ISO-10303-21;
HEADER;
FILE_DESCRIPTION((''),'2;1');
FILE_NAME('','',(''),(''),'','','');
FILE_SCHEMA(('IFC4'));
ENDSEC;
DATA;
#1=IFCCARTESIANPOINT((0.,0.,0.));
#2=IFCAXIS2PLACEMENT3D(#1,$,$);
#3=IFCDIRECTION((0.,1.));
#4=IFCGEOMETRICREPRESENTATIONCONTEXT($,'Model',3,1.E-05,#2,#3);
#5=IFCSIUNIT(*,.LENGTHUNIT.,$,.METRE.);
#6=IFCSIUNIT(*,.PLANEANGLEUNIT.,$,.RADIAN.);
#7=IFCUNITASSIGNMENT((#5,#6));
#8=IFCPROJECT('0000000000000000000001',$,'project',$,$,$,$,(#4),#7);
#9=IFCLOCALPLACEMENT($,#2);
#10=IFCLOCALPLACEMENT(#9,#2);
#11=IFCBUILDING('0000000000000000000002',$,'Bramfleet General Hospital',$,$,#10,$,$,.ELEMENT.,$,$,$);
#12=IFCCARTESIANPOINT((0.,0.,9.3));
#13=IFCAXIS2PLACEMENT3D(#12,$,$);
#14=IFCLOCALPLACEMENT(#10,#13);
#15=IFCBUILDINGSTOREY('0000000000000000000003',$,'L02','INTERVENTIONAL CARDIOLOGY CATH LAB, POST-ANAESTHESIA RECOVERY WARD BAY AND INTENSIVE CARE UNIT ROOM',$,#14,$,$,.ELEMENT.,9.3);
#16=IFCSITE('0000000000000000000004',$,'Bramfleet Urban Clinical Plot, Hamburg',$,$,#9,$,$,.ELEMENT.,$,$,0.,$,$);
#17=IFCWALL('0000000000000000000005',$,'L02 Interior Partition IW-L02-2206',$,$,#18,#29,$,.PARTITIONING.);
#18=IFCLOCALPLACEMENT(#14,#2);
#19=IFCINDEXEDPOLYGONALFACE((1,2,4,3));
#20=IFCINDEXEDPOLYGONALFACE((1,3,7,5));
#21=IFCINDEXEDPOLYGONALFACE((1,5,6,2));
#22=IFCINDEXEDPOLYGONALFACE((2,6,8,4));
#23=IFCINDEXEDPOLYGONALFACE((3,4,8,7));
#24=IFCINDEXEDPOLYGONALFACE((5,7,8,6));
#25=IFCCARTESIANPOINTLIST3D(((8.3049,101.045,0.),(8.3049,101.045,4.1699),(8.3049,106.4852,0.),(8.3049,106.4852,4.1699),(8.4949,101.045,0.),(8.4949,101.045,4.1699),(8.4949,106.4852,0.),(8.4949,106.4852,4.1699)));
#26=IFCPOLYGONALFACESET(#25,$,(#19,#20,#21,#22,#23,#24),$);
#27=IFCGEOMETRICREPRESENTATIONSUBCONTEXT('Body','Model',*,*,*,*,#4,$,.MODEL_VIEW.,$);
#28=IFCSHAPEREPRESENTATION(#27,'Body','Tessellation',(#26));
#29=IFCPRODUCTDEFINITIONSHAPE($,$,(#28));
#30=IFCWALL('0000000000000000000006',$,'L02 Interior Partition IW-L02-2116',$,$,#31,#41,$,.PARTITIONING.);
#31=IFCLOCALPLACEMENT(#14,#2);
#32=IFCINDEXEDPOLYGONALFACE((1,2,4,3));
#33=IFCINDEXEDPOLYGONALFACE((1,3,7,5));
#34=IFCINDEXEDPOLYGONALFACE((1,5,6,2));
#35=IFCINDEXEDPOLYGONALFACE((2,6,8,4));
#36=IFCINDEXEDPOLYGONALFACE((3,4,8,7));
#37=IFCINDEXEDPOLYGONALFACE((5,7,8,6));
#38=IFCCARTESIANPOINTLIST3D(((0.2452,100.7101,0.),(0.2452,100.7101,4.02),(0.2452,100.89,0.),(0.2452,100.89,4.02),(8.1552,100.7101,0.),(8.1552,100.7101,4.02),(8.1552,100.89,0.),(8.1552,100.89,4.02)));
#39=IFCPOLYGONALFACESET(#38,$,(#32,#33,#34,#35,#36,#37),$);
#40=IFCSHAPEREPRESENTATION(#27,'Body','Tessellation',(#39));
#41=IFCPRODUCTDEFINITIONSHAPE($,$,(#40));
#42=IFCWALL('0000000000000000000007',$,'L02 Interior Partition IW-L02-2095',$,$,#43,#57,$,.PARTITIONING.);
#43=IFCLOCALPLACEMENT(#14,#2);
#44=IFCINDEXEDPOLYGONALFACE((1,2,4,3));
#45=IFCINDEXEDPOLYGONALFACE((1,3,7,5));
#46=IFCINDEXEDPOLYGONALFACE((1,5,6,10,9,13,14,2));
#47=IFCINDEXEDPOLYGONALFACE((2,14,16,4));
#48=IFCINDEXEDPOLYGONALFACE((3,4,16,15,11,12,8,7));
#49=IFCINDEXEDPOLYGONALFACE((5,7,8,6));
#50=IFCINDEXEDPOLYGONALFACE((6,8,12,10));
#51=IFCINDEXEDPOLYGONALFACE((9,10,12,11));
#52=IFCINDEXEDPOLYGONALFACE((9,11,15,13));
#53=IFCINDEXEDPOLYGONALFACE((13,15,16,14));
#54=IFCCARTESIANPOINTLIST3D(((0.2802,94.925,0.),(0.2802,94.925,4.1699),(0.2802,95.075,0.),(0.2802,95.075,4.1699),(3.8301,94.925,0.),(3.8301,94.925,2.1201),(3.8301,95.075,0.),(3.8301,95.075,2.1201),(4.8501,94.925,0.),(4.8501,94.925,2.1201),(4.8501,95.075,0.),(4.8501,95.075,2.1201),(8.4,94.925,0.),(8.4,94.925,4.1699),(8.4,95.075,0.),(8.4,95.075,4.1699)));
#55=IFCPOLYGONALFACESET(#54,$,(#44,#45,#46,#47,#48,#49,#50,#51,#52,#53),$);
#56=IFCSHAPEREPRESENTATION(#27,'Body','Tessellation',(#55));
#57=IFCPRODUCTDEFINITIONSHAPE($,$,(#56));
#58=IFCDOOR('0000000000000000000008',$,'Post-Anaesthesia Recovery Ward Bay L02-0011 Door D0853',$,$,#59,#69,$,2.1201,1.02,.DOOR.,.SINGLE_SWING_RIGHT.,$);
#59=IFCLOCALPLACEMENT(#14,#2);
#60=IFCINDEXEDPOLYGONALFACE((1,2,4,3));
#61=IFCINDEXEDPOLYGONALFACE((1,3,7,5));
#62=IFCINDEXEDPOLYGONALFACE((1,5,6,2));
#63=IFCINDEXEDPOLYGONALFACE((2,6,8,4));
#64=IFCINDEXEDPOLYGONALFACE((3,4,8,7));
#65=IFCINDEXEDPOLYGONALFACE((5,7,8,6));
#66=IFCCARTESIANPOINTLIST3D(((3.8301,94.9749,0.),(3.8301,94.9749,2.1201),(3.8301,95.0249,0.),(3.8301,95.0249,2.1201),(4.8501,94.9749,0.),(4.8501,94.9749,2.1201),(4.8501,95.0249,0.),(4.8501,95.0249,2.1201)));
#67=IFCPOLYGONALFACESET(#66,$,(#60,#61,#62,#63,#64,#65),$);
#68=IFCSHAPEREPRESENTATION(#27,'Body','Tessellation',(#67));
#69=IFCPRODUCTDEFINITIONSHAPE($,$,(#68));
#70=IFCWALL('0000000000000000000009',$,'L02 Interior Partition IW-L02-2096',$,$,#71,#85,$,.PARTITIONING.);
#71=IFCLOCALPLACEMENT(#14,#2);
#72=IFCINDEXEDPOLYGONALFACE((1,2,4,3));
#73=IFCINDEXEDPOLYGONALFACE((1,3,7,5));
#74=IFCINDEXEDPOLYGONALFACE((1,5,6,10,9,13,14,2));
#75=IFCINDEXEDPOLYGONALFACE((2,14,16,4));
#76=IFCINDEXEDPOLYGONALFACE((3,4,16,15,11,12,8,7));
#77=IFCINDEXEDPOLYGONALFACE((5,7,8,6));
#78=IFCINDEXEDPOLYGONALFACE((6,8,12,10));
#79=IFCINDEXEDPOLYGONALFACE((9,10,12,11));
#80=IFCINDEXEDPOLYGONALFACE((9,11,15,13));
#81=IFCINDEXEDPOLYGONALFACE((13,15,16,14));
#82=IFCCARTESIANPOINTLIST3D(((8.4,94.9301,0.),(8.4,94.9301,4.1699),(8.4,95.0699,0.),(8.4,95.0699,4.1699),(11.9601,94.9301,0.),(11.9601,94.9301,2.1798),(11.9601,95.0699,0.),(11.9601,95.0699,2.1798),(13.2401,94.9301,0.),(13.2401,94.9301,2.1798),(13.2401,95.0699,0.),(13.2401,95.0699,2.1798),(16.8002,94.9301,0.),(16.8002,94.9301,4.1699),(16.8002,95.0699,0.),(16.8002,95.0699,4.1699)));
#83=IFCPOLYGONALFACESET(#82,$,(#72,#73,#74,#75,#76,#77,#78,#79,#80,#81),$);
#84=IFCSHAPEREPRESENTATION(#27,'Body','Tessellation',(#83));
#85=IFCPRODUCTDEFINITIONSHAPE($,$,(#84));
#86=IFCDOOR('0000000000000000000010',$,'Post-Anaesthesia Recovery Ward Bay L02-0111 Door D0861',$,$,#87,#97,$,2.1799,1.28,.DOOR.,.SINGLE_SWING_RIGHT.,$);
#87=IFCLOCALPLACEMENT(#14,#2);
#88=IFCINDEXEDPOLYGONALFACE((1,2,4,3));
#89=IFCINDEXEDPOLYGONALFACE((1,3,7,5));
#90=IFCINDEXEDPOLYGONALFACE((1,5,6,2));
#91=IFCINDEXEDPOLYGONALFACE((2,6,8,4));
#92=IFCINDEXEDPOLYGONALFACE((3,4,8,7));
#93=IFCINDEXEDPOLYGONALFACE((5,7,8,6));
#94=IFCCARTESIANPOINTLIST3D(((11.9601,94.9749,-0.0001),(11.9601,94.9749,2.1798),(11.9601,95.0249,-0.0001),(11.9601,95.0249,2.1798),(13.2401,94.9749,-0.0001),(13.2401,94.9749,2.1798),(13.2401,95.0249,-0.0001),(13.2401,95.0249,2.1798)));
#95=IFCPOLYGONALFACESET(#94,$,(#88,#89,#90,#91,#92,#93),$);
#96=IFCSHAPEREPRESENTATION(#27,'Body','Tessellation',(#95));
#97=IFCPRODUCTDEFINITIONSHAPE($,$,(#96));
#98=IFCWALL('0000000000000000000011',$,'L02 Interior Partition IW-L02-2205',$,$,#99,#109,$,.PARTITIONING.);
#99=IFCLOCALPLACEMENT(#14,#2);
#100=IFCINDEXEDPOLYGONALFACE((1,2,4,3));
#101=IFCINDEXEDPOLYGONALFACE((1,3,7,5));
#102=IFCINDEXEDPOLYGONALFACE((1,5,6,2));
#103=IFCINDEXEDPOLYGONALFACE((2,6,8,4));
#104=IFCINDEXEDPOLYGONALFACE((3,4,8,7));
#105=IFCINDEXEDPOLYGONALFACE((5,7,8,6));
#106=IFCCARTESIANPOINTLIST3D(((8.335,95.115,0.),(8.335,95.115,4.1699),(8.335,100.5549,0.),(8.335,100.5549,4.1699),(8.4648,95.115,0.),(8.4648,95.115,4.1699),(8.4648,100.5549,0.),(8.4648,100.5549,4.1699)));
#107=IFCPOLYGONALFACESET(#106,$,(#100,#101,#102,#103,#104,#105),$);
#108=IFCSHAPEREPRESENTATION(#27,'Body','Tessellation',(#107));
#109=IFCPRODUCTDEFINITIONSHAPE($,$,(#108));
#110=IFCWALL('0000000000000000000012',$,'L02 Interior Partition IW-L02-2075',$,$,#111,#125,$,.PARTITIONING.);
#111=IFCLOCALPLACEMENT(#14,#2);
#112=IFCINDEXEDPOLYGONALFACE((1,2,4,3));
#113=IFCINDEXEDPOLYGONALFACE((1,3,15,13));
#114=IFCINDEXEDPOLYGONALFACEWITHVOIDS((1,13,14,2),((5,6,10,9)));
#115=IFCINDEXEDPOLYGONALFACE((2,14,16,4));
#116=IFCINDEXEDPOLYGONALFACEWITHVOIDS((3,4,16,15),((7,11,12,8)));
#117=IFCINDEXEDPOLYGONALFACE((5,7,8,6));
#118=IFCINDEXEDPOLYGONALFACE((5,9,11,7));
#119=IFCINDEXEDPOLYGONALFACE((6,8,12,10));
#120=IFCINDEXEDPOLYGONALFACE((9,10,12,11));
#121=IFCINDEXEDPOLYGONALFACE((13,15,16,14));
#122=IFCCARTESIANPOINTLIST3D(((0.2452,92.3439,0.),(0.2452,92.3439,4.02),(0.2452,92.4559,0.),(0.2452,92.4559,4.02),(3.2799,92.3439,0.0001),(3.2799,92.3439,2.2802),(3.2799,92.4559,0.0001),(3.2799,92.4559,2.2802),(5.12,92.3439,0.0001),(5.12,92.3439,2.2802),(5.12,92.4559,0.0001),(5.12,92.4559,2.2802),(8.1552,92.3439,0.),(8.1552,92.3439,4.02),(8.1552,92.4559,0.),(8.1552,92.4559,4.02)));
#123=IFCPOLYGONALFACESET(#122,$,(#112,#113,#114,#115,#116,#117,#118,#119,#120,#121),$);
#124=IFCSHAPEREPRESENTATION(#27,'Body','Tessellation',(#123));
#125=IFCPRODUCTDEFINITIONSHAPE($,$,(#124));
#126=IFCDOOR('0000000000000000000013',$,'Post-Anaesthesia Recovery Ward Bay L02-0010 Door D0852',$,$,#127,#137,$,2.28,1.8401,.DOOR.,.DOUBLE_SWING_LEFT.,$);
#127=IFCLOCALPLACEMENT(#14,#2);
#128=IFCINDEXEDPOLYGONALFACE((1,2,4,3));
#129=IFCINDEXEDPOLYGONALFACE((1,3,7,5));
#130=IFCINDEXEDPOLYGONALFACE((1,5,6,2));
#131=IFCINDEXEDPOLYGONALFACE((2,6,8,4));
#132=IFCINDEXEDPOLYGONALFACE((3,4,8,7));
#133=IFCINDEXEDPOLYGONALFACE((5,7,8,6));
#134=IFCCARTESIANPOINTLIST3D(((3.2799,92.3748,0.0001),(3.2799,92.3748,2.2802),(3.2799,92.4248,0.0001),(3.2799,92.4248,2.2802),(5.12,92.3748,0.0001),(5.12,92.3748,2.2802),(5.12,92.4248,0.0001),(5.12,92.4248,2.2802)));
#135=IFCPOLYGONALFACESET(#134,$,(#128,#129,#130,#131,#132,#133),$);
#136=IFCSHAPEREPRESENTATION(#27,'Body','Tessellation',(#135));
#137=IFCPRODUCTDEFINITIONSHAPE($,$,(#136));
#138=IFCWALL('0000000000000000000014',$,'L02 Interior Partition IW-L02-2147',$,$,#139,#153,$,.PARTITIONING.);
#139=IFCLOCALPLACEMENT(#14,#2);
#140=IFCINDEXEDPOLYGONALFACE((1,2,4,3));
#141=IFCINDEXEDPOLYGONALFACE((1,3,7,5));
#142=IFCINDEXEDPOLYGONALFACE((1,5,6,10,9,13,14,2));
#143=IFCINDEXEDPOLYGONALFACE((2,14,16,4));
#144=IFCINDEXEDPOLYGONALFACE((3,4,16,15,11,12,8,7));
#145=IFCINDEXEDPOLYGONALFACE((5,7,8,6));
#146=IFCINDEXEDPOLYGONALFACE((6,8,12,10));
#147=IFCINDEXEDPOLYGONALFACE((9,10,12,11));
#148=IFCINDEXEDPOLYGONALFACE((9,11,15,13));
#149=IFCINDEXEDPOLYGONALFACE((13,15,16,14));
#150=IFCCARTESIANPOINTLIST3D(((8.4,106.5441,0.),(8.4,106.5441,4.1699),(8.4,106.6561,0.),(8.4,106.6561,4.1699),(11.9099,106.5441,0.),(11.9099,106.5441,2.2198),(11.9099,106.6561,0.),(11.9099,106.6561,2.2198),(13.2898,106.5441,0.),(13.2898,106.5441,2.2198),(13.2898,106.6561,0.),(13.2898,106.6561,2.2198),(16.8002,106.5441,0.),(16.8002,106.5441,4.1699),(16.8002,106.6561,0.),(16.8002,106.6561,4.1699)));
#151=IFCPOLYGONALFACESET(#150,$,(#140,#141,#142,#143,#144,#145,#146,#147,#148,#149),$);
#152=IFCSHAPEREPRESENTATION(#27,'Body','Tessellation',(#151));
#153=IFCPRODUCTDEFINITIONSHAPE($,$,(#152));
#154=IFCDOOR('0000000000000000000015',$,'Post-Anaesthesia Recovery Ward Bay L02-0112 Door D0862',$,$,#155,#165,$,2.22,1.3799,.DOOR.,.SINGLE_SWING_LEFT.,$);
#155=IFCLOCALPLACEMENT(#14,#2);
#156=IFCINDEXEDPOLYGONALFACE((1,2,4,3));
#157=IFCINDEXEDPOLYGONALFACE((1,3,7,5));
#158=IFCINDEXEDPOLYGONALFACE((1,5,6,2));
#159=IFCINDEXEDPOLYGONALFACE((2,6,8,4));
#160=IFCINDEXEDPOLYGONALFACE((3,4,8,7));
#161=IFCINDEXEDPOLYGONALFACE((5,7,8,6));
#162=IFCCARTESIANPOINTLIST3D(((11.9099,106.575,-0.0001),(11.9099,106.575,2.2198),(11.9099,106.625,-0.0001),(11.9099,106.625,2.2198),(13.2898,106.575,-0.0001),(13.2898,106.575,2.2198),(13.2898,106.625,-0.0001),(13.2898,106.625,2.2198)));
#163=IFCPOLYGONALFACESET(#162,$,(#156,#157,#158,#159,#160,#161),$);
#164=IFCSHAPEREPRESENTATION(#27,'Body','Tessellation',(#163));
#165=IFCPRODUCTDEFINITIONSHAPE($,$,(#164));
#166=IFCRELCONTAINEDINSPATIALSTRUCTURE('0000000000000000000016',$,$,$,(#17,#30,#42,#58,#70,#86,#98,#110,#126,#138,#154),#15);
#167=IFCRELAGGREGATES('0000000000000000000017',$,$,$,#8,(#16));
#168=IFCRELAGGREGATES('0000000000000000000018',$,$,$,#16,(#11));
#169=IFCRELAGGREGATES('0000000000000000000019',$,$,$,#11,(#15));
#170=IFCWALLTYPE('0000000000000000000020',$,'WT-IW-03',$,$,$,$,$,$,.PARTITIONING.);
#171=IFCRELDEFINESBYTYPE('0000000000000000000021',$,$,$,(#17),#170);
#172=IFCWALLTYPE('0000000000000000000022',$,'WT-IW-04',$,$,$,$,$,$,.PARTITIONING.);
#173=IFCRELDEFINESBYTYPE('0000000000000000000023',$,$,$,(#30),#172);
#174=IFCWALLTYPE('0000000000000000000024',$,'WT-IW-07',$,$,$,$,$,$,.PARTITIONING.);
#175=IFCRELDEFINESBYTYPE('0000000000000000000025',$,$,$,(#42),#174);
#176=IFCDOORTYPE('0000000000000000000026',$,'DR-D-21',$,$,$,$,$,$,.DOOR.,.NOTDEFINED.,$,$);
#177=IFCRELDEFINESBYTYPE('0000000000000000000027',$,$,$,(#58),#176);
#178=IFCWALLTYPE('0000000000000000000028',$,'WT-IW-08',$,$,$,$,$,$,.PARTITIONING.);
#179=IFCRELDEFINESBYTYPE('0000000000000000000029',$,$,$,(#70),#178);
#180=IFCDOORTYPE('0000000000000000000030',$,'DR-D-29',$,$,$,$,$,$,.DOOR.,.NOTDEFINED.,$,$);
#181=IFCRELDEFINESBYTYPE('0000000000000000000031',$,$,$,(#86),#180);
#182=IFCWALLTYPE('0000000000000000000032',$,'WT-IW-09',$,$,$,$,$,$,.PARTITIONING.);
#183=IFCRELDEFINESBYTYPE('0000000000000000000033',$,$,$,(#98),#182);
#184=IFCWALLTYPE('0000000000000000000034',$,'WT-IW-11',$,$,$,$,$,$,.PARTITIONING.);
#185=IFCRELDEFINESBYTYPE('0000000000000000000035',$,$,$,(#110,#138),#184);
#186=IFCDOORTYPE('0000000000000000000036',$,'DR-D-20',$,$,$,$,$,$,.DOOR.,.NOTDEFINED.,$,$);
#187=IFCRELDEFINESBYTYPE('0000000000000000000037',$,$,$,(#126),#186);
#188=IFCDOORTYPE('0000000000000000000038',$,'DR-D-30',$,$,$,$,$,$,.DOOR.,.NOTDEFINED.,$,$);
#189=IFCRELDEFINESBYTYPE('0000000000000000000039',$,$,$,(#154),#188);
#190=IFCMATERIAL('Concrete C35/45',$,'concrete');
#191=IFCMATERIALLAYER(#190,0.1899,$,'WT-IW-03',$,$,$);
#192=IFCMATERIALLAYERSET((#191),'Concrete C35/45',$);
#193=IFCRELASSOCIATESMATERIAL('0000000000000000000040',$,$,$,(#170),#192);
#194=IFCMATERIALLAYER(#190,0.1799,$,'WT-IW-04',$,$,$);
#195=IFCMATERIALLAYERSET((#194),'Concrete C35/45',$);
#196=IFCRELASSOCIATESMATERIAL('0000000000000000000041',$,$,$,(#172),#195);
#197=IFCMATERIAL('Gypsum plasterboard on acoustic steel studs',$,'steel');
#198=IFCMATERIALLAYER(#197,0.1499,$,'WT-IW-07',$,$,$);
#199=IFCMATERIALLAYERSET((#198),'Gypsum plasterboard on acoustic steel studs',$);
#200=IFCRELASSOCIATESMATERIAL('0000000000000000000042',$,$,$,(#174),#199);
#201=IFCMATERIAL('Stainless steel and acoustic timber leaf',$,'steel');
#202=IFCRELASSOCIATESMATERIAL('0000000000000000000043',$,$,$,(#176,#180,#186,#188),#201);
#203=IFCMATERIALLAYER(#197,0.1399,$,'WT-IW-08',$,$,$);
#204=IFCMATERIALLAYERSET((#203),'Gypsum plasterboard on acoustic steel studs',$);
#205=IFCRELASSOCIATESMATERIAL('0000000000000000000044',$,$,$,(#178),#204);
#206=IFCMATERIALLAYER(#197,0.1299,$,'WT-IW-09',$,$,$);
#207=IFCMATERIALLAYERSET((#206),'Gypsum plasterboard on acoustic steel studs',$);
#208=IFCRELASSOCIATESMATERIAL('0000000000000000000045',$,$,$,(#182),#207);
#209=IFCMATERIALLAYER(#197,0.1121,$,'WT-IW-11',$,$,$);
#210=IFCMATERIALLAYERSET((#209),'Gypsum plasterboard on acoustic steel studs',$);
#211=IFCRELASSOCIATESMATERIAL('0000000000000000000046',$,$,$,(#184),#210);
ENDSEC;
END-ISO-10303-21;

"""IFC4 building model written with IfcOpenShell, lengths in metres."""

from ifc_helpers import new_model, si_unit, direction, frame, frame_2d, origin, place, context, subcontext, project, spatial, rectangle, extrude, material, layer, layer_set, type_object, element, fill, save


model = new_model("IFC4")

# Units and contexts
model_context = context("Model", 3, precision=1e-05, world=origin(), true_north=direction((0.0, 1.0)))
body_context = subcontext(model_context, "Body", "Model", "MODEL_VIEW")
ifc_project = project(units=[si_unit("LENGTHUNIT", "METRE"), si_unit("PLANEANGLEUNIT", "RADIAN")], contexts=[model_context])

# Site, building, storey
site_placement = place(None, origin())
site = spatial("IfcSite", under=ifc_project, at=site_placement, Name="Bramfleet Urban Clinical Plot, Hamburg", CompositionType="ELEMENT", RefElevation=0.0)
building_placement = place(site_placement, origin())
building = spatial("IfcBuilding", under=site, at=building_placement, Name="Bramfleet General Hospital", CompositionType="ELEMENT")
storey_placement = place(building_placement, frame((0.0, 0.0, 9.3)))
storey = spatial("IfcBuildingStorey", under=building, at=storey_placement, Name="L02", Description="INTERVENTIONAL CARDIOLOGY CATH LAB, POST-ANAESTHESIA RECOVERY WARD BAY AND INTENSIVE CARE UNIT ROOM", CompositionType="ELEMENT", Elevation=9.3)

# Shared definitions
ifc_material_1 = material(Name="Concrete C35/45", Category="concrete")

# Shared definitions
ifc_layer_1 = layer(ifc_material_1, 0.1899, Name="WT-IW-03")
ifc_layer_set_1 = layer_set([ifc_layer_1], Name="Concrete C35/45")
wall_type_1 = type_object("IfcWallType", Name="WT-IW-03", PredefinedType="PARTITIONING", material=ifc_layer_set_1)
ifc_material_2 = material(Name="Stainless steel and acoustic timber leaf", Category="steel")

# Walls
wall_1_placement = place(storey_placement, frame((8.3999, 101.0449, 0.0), z_axis=(0.0, 0.0, 1.0), x_axis=(0.0, 1.0, 0.0)))
element("IfcWall", 1, at=wall_1_placement, inside=storey, type_object=wall_type_1, Name="L02 Interior Partition IW-L02-2206", PredefinedType="PARTITIONING", context=body_context, shape_type="SweptSolid", body=[
    extrude(rectangle(XDim=5.4402, YDim=0.1899, at=frame_2d((2.7202, 0.0))), origin(), (0.0, 0.0, 1.0), 4.1699),
])
ifc_layer_2 = layer(ifc_material_1, 0.1799, Name="WT-IW-04")
ifc_layer_set_2 = layer_set([ifc_layer_2], Name="Concrete C35/45")
wall_type_2 = type_object("IfcWallType", Name="WT-IW-04", PredefinedType="PARTITIONING", material=ifc_layer_set_2)
wall_2_placement = place(storey_placement, frame((0.2451, 100.8, 0.0), z_axis=(0.0, 0.0, 1.0), x_axis=(1.0, 0.0, 0.0)))
element("IfcWall", 2, at=wall_2_placement, inside=storey, type_object=wall_type_2, Name="L02 Interior Partition IW-L02-2116", PredefinedType="PARTITIONING", context=body_context, shape_type="SweptSolid", body=[
    extrude(rectangle(XDim=7.9099, YDim=0.1799, at=frame_2d((3.9551, 0.0))), origin(), (0.0, 0.0, 1.0), 4.02),
])

# Walls, openings, doors
ifc_material_3 = material(Name="Gypsum plasterboard on acoustic steel studs", Category="steel")
ifc_layer_3 = layer(ifc_material_3, 0.1499, Name="WT-IW-07")
ifc_layer_set_3 = layer_set([ifc_layer_3], Name="Gypsum plasterboard on acoustic steel studs")
wall_type_3 = type_object("IfcWallType", Name="WT-IW-07", PredefinedType="PARTITIONING", material=ifc_layer_set_3)
wall_3_placement = place(storey_placement, frame((0.28, 95.0, 0.0), z_axis=(0.0, 0.0, 1.0), x_axis=(1.0, 0.0, 0.0)))
wall_3 = element("IfcWall", 3, at=wall_3_placement, inside=storey, type_object=wall_type_3, Name="L02 Interior Partition IW-L02-2095", PredefinedType="PARTITIONING", context=body_context, shape_type="SweptSolid", body=[
    extrude(rectangle(XDim=8.1199, YDim=0.1499, at=frame_2d((4.0601, 0.0))), origin(), (0.0, 0.0, 1.0), 4.1699),
])
opening_1_placement = place(wall_3_placement, frame((3.55, 0.0, 0.0)))
opening_1 = element("IfcOpeningElement", 4, at=opening_1_placement, cuts=wall_3, PredefinedType="OPENING", context=body_context, shape_type="SweptSolid", body=[
    extrude(rectangle(XDim=1.02, YDim=2.1201, at=frame_2d((0.51, 1.0601))), frame((0.0, 0.085, 0.0), z_axis=(0.0, -1.0, 0.0), x_axis=(1.0, 0.0, 0.0)), (0.0, 0.0, 1.0), 0.1699),
])
door_type_1 = type_object("IfcDoorType", Name="DR-D-21", OperationType="NOTDEFINED", PredefinedType="DOOR", material=ifc_material_2)
door_1_placement = place(opening_1_placement, origin())
door_1 = element("IfcDoor", 5, at=door_1_placement, inside=storey, type_object=door_type_1, Name="Post-Anaesthesia Recovery Ward Bay L02-0011 Door D0853", OperationType="SINGLE_SWING_RIGHT", OverallHeight=2.1201, OverallWidth=1.02, PredefinedType="DOOR", context=body_context, shape_type="SweptSolid", body=[
    extrude(rectangle(XDim=1.02, YDim=2.1201, at=frame_2d((0.51, 1.0601))), frame((0.0, 0.0249, 0.0), z_axis=(0.0, -1.0, 0.0), x_axis=(1.0, 0.0, 0.0)), (0.0, 0.0, 1.0), 0.05),
])
fill(opening_1, door_1)
ifc_layer_4 = layer(ifc_material_3, 0.1399, Name="WT-IW-08")
ifc_layer_set_4 = layer_set([ifc_layer_4], Name="Gypsum plasterboard on acoustic steel studs")
wall_type_4 = type_object("IfcWallType", Name="WT-IW-08", PredefinedType="PARTITIONING", material=ifc_layer_set_4)
wall_4_placement = place(storey_placement, frame((8.3999, 95.0, 0.0), z_axis=(0.0, 0.0, 1.0), x_axis=(1.0, 0.0, 0.0)))
wall_4 = element("IfcWall", 6, at=wall_4_placement, inside=storey, type_object=wall_type_4, Name="L02 Interior Partition IW-L02-2096", PredefinedType="PARTITIONING", context=body_context, shape_type="SweptSolid", body=[
    extrude(rectangle(XDim=8.4001, YDim=0.1399, at=frame_2d((4.2002, 0.0))), origin(), (0.0, 0.0, 1.0), 4.1699),
])
opening_2_placement = place(wall_4_placement, frame((3.5601, 0.0, 0.0)))
opening_2 = element("IfcOpeningElement", 7, at=opening_2_placement, cuts=wall_4, PredefinedType="OPENING", context=body_context, shape_type="SweptSolid", body=[
    extrude(rectangle(XDim=1.28, YDim=2.1799, at=frame_2d((0.6401, 1.0898))), frame((0.0, 0.0798, 0.0), z_axis=(0.0, -1.0, 0.0), x_axis=(1.0, 0.0, 0.0)), (0.0, 0.0, 1.0), 0.1599),
])
door_type_2 = type_object("IfcDoorType", Name="DR-D-29", OperationType="NOTDEFINED", PredefinedType="DOOR", material=ifc_material_2)
door_2_placement = place(opening_2_placement, origin())
door_2 = element("IfcDoor", 8, at=door_2_placement, inside=storey, type_object=door_type_2, Name="Post-Anaesthesia Recovery Ward Bay L02-0111 Door D0861", OperationType="SINGLE_SWING_RIGHT", OverallHeight=2.1799, OverallWidth=1.28, PredefinedType="DOOR", context=body_context, shape_type="SweptSolid", body=[
    extrude(rectangle(XDim=1.28, YDim=2.1799, at=frame_2d((0.6401, 1.0898))), frame((0.0, 0.0249, 0.0), z_axis=(0.0, -1.0, 0.0), x_axis=(1.0, 0.0, 0.0)), (0.0, 0.0, 1.0), 0.05),
])
fill(opening_2, door_2)

# Wall
ifc_layer_5 = layer(ifc_material_3, 0.1299, Name="WT-IW-09")
ifc_layer_set_5 = layer_set([ifc_layer_5], Name="Gypsum plasterboard on acoustic steel studs")
wall_type_5 = type_object("IfcWallType", Name="WT-IW-09", PredefinedType="PARTITIONING", material=ifc_layer_set_5)
wall_5_placement = place(storey_placement, frame((8.3999, 95.115, 0.0), z_axis=(0.0, 0.0, 1.0), x_axis=(0.0, 1.0, 0.0)))
element("IfcWall", 9, at=wall_5_placement, inside=storey, type_object=wall_type_5, Name="L02 Interior Partition IW-L02-2205", PredefinedType="PARTITIONING", context=body_context, shape_type="SweptSolid", body=[
    extrude(rectangle(XDim=5.4399, YDim=0.1299, at=frame_2d((2.72, 0.0))), origin(), (0.0, 0.0, 1.0), 4.1699),
])

# Walls, openings, doors
ifc_layer_6 = layer(ifc_material_3, 0.1121, Name="WT-IW-11")
ifc_layer_set_6 = layer_set([ifc_layer_6], Name="Gypsum plasterboard on acoustic steel studs")
wall_type_6 = type_object("IfcWallType", Name="WT-IW-11", PredefinedType="PARTITIONING", material=ifc_layer_set_6)
wall_6_placement = place(storey_placement, frame((0.2451, 92.3999, 0.0), z_axis=(0.0, 0.0, 1.0), x_axis=(1.0, 0.0, 0.0)))
wall_6 = element("IfcWall", 10, at=wall_6_placement, inside=storey, type_object=wall_type_6, Name="L02 Interior Partition IW-L02-2075", PredefinedType="PARTITIONING", context=body_context, shape_type="SweptSolid", body=[
    extrude(rectangle(XDim=7.9099, YDim=0.1121, at=frame_2d((3.9551, 0.0))), origin(), (0.0, 0.0, 1.0), 4.02),
])
opening_3_placement = place(wall_6_placement, frame((3.0349, 0.0, 0.0)))
opening_3 = element("IfcOpeningElement", 11, at=opening_3_placement, cuts=wall_6, PredefinedType="OPENING", context=body_context, shape_type="SweptSolid", body=[
    extrude(rectangle(XDim=1.8401, YDim=2.28, at=frame_2d((0.9199, 1.1401))), frame((0.0, 0.0659, 0.0), z_axis=(0.0, -1.0, 0.0), x_axis=(1.0, 0.0, 0.0)), (0.0, 0.0, 1.0), 0.1321),
])
door_type_3 = type_object("IfcDoorType", Name="DR-D-20", OperationType="NOTDEFINED", PredefinedType="DOOR", material=ifc_material_2)
door_3_placement = place(opening_3_placement, origin())
door_3 = element("IfcDoor", 12, at=door_3_placement, inside=storey, type_object=door_type_3, Name="Post-Anaesthesia Recovery Ward Bay L02-0010 Door D0852", OperationType="DOUBLE_SWING_LEFT", OverallHeight=2.28, OverallWidth=1.8401, PredefinedType="DOOR", context=body_context, shape_type="SweptSolid", body=[
    extrude(rectangle(XDim=1.8401, YDim=2.28, at=frame_2d((0.9199, 1.1401))), frame((0.0, 0.0249, 0.0), z_axis=(0.0, -1.0, 0.0), x_axis=(1.0, 0.0, 0.0)), (0.0, 0.0, 1.0), 0.05),
])
fill(opening_3, door_3)
wall_7_placement = place(storey_placement, frame((8.3999, 106.6001, 0.0), z_axis=(0.0, 0.0, 1.0), x_axis=(1.0, 0.0, 0.0)))
wall_7 = element("IfcWall", 13, at=wall_7_placement, inside=storey, type_object=wall_type_6, Name="L02 Interior Partition IW-L02-2147", PredefinedType="PARTITIONING", context=body_context, shape_type="SweptSolid", body=[
    extrude(rectangle(XDim=8.4001, YDim=0.1121, at=frame_2d((4.2002, 0.0))), origin(), (0.0, 0.0, 1.0), 4.1699),
])
opening_4_placement = place(wall_7_placement, frame((3.51, 0.0, 0.0)))
opening_4 = element("IfcOpeningElement", 14, at=opening_4_placement, cuts=wall_7, PredefinedType="OPENING", context=body_context, shape_type="SweptSolid", body=[
    extrude(rectangle(XDim=1.3799, YDim=2.22, at=frame_2d((0.6899, 1.1099))), frame((0.0, 0.0659, 0.0), z_axis=(0.0, -1.0, 0.0), x_axis=(1.0, 0.0, 0.0)), (0.0, 0.0, 1.0), 0.1321),
])
door_type_4 = type_object("IfcDoorType", Name="DR-D-30", OperationType="NOTDEFINED", PredefinedType="DOOR", material=ifc_material_2)
door_4_placement = place(opening_4_placement, origin())
door_4 = element("IfcDoor", 15, at=door_4_placement, inside=storey, type_object=door_type_4, Name="Post-Anaesthesia Recovery Ward Bay L02-0112 Door D0862", OperationType="SINGLE_SWING_LEFT", OverallHeight=2.22, OverallWidth=1.3799, PredefinedType="DOOR", context=body_context, shape_type="SweptSolid", body=[
    extrude(rectangle(XDim=1.3799, YDim=2.22, at=frame_2d((0.6899, 1.1099))), frame((0.0, 0.0249, 0.0), z_axis=(0.0, -1.0, 0.0), x_axis=(1.0, 0.0, 0.0)), (0.0, 0.0, 1.0), 0.05),
])
fill(opening_4, door_4)

save(model, "model.ifc")
